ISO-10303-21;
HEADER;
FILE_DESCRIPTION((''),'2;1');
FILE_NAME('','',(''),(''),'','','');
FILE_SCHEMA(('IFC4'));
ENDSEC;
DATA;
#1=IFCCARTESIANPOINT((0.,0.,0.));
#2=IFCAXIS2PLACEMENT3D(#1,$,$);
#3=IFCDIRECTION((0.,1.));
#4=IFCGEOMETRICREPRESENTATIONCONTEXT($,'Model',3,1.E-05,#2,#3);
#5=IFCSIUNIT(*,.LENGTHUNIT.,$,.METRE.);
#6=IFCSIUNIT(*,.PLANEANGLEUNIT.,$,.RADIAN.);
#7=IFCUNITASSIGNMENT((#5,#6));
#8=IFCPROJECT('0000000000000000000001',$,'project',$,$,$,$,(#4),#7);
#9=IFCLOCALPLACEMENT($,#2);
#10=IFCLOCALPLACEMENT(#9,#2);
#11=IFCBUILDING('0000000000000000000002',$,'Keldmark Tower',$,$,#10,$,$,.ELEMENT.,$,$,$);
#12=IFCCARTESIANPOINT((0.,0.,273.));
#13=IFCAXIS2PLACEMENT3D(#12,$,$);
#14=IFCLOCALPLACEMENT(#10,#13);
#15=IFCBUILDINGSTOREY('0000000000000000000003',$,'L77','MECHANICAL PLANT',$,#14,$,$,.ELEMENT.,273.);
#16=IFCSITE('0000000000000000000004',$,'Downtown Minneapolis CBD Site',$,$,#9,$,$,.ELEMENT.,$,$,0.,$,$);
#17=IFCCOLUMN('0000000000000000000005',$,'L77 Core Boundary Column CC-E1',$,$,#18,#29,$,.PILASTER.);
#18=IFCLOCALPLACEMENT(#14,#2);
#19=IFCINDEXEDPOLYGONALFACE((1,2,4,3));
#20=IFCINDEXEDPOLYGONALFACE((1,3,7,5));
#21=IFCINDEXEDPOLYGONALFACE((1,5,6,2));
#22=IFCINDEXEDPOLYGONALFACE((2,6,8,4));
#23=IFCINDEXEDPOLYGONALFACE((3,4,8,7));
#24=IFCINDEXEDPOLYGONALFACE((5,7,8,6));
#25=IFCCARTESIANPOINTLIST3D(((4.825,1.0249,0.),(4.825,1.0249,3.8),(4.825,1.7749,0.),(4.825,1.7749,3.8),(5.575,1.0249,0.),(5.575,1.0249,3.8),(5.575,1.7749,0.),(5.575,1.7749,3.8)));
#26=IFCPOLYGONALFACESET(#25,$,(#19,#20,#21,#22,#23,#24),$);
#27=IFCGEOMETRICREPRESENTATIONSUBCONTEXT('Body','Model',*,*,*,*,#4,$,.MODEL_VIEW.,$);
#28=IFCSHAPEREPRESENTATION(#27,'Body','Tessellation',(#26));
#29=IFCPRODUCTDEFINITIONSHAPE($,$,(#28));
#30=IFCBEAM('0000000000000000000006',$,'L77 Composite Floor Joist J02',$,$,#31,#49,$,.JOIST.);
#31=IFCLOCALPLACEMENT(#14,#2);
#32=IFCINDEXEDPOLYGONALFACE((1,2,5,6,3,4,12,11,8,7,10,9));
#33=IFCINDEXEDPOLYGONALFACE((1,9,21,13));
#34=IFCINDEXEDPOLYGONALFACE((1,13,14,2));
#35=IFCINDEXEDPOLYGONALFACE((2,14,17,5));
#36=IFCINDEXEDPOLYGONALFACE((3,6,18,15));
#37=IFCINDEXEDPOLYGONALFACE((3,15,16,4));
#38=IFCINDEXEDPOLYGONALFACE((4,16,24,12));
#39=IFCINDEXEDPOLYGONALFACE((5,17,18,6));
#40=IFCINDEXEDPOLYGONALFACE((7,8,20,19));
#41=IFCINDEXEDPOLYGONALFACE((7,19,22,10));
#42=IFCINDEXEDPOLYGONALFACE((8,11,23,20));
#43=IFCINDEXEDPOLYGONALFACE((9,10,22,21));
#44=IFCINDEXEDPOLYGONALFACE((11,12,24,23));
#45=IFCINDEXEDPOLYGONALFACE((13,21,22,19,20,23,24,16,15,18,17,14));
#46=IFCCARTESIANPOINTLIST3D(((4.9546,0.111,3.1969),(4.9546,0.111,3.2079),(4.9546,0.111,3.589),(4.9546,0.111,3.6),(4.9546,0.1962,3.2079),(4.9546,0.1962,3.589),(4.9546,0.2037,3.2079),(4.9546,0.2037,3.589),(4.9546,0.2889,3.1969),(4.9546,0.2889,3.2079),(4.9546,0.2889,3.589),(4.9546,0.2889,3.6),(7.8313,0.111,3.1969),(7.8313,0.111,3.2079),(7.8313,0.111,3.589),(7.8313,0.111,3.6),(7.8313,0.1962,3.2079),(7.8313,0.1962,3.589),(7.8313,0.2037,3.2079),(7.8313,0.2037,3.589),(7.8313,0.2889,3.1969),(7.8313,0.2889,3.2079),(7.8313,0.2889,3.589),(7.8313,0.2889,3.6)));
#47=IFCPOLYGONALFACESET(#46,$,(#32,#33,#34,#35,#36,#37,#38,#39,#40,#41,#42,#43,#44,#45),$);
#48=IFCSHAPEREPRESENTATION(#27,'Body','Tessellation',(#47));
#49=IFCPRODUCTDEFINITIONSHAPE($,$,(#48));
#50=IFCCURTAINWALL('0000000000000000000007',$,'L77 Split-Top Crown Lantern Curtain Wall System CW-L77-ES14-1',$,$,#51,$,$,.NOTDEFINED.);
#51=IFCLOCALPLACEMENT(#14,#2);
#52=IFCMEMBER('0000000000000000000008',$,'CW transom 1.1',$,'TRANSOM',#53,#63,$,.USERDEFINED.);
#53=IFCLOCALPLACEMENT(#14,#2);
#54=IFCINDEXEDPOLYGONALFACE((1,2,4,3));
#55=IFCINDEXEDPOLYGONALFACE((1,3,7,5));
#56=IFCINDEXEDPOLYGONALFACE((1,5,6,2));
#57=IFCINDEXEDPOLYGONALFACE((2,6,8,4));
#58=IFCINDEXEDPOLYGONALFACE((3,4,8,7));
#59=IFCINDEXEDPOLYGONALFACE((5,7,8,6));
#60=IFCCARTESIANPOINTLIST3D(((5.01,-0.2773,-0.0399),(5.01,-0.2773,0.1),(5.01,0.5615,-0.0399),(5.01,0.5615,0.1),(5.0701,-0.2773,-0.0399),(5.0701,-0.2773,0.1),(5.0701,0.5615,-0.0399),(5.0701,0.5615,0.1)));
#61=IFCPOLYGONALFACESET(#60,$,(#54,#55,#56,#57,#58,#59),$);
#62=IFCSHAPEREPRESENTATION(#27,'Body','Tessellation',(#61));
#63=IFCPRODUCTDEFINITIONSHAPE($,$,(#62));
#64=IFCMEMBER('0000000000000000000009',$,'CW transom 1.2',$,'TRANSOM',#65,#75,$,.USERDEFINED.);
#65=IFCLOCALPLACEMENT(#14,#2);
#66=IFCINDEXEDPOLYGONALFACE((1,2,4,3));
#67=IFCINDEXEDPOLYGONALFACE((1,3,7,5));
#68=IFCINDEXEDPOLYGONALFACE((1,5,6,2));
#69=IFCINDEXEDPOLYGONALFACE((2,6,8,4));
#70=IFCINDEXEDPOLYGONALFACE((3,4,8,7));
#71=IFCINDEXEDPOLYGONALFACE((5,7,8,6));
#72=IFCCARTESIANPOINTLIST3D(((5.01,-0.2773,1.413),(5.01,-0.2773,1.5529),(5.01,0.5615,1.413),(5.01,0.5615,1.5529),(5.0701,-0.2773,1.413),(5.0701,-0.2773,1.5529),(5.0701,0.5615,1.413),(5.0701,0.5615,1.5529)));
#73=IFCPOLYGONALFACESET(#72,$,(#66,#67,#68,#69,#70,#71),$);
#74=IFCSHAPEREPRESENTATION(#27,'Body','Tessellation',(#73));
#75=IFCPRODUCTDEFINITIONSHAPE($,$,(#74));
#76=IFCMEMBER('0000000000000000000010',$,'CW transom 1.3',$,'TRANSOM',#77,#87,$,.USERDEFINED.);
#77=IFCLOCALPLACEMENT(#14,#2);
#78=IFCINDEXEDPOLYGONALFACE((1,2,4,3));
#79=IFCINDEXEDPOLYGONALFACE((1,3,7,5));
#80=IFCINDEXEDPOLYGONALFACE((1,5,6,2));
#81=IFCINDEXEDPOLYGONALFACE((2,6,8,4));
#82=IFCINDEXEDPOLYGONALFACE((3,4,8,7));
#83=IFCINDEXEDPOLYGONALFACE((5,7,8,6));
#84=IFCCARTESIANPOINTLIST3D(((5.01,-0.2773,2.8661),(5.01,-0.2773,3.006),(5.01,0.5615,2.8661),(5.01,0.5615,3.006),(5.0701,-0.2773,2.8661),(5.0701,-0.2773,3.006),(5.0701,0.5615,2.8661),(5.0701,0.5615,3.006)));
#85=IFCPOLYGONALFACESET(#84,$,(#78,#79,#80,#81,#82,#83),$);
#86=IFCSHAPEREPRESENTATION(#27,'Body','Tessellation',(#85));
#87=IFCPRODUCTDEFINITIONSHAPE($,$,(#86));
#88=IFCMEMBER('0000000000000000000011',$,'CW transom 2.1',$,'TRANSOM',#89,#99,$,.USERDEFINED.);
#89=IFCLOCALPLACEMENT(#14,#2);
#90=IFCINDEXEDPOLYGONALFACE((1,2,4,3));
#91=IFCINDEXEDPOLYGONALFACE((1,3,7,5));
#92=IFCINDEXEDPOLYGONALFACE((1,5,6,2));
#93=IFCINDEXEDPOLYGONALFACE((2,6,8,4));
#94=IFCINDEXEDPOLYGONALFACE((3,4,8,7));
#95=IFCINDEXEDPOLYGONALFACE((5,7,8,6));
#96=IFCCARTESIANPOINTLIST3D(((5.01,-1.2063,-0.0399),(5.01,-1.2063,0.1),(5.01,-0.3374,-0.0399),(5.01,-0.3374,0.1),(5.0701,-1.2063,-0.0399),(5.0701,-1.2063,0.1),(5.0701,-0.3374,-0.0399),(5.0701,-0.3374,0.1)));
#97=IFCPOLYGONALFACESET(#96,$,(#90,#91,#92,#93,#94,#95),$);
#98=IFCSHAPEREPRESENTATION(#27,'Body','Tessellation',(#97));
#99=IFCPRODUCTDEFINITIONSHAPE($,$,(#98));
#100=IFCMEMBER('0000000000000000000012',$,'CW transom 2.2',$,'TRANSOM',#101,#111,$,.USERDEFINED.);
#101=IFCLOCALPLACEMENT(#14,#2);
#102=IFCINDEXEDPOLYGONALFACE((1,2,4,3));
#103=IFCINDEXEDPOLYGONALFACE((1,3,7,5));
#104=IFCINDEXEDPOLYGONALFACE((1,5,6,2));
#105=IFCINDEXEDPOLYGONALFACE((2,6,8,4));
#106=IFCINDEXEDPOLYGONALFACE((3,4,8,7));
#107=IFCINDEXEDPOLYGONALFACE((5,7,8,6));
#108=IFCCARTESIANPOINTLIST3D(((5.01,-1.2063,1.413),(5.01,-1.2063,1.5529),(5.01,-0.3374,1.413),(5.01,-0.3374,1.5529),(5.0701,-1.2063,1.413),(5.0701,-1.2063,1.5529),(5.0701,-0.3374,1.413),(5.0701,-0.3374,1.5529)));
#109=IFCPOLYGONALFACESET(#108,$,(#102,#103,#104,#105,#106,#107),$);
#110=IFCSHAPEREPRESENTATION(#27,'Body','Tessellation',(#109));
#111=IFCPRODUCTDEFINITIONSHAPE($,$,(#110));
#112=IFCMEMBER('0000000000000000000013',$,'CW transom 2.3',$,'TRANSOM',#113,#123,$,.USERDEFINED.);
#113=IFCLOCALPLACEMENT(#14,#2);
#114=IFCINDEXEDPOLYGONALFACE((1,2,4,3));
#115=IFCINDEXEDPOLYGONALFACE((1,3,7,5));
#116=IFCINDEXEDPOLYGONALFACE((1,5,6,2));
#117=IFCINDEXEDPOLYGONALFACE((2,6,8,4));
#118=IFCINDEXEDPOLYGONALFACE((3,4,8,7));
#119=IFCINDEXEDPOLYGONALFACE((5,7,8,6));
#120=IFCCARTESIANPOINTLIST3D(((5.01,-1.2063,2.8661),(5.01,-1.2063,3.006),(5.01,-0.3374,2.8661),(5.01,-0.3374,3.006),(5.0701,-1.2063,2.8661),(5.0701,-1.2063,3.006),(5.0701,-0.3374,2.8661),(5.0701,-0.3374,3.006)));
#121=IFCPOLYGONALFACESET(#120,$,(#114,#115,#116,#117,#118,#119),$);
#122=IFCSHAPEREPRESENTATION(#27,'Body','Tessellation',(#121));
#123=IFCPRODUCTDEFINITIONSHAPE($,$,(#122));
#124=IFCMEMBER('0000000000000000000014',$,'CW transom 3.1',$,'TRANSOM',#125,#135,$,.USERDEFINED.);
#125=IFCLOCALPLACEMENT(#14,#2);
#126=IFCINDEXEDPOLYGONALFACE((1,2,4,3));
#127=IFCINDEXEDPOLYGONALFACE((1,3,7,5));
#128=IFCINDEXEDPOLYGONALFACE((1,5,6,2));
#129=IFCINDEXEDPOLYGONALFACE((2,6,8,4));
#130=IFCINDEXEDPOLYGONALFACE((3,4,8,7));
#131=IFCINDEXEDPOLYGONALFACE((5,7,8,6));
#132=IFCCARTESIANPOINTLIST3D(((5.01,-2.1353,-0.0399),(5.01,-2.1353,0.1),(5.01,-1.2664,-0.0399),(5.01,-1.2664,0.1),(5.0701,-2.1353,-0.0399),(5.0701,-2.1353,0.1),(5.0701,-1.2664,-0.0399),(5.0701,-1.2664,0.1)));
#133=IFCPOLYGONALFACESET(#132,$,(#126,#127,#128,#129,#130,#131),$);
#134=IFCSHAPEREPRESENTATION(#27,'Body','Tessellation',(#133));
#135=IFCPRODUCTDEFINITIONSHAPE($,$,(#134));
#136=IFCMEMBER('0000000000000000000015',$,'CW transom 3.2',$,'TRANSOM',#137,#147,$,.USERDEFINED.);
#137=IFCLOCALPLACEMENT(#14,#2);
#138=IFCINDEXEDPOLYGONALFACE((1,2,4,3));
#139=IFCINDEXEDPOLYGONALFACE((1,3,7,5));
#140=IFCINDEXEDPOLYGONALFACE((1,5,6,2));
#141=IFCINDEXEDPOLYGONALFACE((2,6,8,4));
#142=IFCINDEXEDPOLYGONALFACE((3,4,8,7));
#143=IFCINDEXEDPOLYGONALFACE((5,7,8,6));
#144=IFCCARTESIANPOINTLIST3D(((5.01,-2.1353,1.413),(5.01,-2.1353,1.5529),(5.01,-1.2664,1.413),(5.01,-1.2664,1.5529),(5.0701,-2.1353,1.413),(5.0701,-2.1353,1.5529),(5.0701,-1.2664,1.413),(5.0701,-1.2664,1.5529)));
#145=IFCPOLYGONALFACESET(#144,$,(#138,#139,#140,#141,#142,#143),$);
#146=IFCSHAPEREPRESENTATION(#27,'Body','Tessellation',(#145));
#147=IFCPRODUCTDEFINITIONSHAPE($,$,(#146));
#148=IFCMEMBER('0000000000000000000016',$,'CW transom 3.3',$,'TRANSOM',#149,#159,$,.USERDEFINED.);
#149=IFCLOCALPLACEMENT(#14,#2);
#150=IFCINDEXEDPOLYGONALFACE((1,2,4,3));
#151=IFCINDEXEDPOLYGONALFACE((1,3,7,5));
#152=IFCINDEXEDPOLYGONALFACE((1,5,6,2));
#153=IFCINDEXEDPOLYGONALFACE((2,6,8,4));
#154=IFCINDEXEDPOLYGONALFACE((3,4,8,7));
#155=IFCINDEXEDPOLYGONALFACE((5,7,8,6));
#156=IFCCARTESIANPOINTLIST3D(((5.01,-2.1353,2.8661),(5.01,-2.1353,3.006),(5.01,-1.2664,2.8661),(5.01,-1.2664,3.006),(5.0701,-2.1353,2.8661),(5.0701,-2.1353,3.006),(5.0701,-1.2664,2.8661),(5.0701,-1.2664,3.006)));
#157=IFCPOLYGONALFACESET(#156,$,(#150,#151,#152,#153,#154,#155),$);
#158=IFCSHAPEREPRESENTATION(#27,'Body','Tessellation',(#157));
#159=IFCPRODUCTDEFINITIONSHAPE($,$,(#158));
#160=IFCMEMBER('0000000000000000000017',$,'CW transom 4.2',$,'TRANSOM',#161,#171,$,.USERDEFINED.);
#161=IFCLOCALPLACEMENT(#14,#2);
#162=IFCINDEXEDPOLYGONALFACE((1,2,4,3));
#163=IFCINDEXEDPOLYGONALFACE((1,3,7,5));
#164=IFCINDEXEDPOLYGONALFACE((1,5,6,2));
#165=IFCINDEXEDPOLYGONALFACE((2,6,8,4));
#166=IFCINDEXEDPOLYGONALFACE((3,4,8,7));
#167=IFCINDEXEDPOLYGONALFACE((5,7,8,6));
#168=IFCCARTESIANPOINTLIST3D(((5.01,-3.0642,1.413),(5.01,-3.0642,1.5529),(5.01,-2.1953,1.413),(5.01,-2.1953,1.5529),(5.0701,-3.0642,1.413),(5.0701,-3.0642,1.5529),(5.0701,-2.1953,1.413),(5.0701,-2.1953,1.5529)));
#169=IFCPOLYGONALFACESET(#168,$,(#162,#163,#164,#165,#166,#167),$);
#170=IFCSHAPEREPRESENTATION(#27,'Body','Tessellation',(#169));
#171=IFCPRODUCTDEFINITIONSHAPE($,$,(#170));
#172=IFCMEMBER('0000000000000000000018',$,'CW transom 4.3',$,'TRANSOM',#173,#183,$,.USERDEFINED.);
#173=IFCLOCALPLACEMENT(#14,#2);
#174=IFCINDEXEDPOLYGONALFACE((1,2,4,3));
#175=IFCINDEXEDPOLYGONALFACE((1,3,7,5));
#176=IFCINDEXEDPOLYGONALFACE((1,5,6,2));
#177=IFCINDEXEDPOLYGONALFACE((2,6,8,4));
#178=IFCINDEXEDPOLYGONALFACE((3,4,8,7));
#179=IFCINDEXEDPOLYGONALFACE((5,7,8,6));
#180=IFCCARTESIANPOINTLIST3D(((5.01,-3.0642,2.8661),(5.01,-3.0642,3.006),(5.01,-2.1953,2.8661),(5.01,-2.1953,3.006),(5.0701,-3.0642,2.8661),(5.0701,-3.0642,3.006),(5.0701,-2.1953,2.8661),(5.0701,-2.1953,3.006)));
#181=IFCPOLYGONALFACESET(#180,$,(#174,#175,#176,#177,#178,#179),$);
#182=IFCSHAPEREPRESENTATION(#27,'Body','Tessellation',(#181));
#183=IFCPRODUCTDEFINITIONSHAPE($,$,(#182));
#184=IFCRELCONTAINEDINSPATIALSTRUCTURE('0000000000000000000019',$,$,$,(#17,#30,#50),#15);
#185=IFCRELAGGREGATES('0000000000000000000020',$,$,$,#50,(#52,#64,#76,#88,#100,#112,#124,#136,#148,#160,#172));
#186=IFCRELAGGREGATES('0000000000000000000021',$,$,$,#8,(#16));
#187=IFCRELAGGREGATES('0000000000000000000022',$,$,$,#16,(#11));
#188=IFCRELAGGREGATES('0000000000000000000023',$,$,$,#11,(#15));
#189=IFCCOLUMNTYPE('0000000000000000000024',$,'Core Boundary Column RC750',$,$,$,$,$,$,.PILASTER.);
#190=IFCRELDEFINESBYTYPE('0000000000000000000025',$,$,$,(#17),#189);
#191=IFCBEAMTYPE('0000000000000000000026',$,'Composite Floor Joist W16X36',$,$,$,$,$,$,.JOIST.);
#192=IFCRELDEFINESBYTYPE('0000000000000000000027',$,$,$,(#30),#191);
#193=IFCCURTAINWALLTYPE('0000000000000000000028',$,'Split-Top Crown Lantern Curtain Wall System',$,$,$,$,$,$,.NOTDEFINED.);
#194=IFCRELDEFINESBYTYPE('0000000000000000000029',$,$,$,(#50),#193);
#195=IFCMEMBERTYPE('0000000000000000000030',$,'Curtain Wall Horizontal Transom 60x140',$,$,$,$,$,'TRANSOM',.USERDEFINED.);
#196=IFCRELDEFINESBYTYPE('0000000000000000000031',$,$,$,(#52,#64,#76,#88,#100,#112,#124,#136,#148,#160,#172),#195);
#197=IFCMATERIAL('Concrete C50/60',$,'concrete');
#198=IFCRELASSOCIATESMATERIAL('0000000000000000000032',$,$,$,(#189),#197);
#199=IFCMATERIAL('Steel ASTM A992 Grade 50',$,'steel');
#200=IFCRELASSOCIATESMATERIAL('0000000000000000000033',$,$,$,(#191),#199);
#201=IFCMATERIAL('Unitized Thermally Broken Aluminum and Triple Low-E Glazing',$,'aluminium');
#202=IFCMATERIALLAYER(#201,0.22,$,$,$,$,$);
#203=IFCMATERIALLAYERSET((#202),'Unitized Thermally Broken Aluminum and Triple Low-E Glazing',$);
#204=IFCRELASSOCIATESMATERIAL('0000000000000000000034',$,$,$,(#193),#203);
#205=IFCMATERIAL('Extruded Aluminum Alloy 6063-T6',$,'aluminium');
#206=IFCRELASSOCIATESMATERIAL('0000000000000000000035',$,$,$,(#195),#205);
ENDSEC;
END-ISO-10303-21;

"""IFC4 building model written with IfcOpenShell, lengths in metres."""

from ifc_helpers import new_model, si_unit, direction, frame, origin, origin_2d, place, context, subcontext, project, spatial, rectangle, i_section, extrude, material, layer, layer_set, material_profile, profile_set, type_object, element, aggregate, save


model = new_model("IFC4")

# Units and contexts
model_context = context("Model", 3, precision=1e-05, world=origin(), true_north=direction((0.0, 1.0)))
body_context = subcontext(model_context, "Body", "Model", "MODEL_VIEW")
ifc_project = project(units=[si_unit("LENGTHUNIT", "METRE"), si_unit("PLANEANGLEUNIT", "RADIAN")], contexts=[model_context])

# Site, building, storey
site_placement = place(None, origin())
site = spatial("IfcSite", under=ifc_project, at=site_placement, Name="Downtown Minneapolis CBD Site", CompositionType="ELEMENT", RefElevation=0.0)
building_placement = place(site_placement, origin())
building = spatial("IfcBuilding", under=site, at=building_placement, Name="Keldmark Tower", CompositionType="ELEMENT")
storey_placement = place(building_placement, frame((0.0, 0.0, 273.0)))
storey = spatial("IfcBuildingStorey", under=building, at=storey_placement, Name="L77", Description="MECHANICAL PLANT", CompositionType="ELEMENT", Elevation=273.0)

# Column
ifc_material_1 = material(Name="Concrete C50/60", Category="concrete")
ifc_material_profile_1 = material_profile(ifc_material_1, rectangle(XDim=0.75, YDim=0.75, at=origin_2d()), Name="RC750X750")
ifc_profile_set_1 = profile_set([ifc_material_profile_1], Name="Concrete C50/60")
column_type = type_object("IfcColumnType", Name="Core Boundary Column RC750", PredefinedType="PILASTER", material=ifc_profile_set_1)
column_placement = place(storey_placement, frame((5.2, 1.3999, 0.0), z_axis=(0.0, 0.0, 1.0), x_axis=(1.0, 0.0, 0.0)))
element("IfcColumn", 1, at=column_placement, inside=storey, type_object=column_type, Name="L77 Core Boundary Column CC-E1", PredefinedType="PILASTER", context=body_context, shape_type="SweptSolid", body=[
    extrude(rectangle(XDim=0.75, YDim=0.75, at=origin_2d()), origin(), (0.0, 0.0, 1.0), 3.8),
])

# Beam
ifc_material_2 = material(Name="Steel ASTM A992 Grade 50", Category="steel")
ifc_material_profile_2 = material_profile(ifc_material_2, i_section(OverallWidth=0.178, OverallDepth=0.4031, WebThickness=0.0076, FlangeThickness=0.011, at=origin_2d()), Name="W16X36")
ifc_profile_set_2 = profile_set([ifc_material_profile_2], Name="Steel ASTM A992 Grade 50")
beam_type_1 = type_object("IfcBeamType", Name="Composite Floor Joist W16X36", PredefinedType="JOIST", material=ifc_profile_set_2)
beam_1_placement = place(storey_placement, frame((4.9546, 0.2, 3.3984), z_axis=(1.0, 0.0, 0.0), x_axis=(0.0, 1.0, 0.0)))
element("IfcBeam", 2, at=beam_1_placement, inside=storey, type_object=beam_type_1, Name="L77 Composite Floor Joist J02", PredefinedType="JOIST", context=body_context, shape_type="SweptSolid", body=[
    extrude(i_section(OverallWidth=0.178, OverallDepth=0.4031, WebThickness=0.0076, FlangeThickness=0.011, at=origin_2d()), origin(), (0.0, 0.0, 1.0), 2.8767),
])

# Curtain wall, members
ifc_material_3 = material(Name="Unitized Thermally Broken Aluminum and Triple Low-E Glazing", Category="aluminium")
ifc_layer_1 = layer(ifc_material_3, 0.22)
ifc_layer_set_1 = layer_set([ifc_layer_1], Name="Unitized Thermally Broken Aluminum and Triple Low-E Glazing")
curtain_wall_type = type_object("IfcCurtainWallType", Name="Split-Top Crown Lantern Curtain Wall System", PredefinedType="NOTDEFINED", material=ifc_layer_set_1)
curtain_wall_placement = place(storey_placement, origin())
curtain_wall = element("IfcCurtainWall", 3, at=curtain_wall_placement, inside=storey, type_object=curtain_wall_type, Name="L77 Split-Top Crown Lantern Curtain Wall System CW-L77-ES14-1", PredefinedType="NOTDEFINED")
ifc_material_4 = material(Name="Extruded Aluminum Alloy 6063-T6", Category="aluminium")
ifc_material_profile_3 = material_profile(ifc_material_4, rectangle(XDim=0.0601, YDim=0.1399, at=origin_2d()), Name="CWT60X140")
ifc_profile_set_3 = profile_set([ifc_material_profile_3], Name="Extruded Aluminum Alloy 6063-T6")
member_type_1 = type_object("IfcMemberType", Name="Curtain Wall Horizontal Transom 60x140", ElementType="TRANSOM", PredefinedType="USERDEFINED", material=ifc_profile_set_3)
member_1_placement = place(storey_placement, frame((5.04, 0.5615, 0.03), z_axis=(0.0, -1.0, 0.0), x_axis=(1.0, 0.0, 0.0)))
member_1 = element("IfcMember", 4, at=member_1_placement, type_object=member_type_1, Name="CW transom 1.1", ObjectType="TRANSOM", PredefinedType="USERDEFINED", context=body_context, shape_type="SweptSolid", body=[
    extrude(rectangle(XDim=0.0601, YDim=0.1399, at=origin_2d()), origin(), (0.0, 0.0, 1.0), 0.8389),
])
member_2_placement = place(storey_placement, frame((5.04, 0.5615, 1.4829), z_axis=(0.0, -1.0, 0.0), x_axis=(1.0, 0.0, 0.0)))
member_2 = element("IfcMember", 5, at=member_2_placement, type_object=member_type_1, Name="CW transom 1.2", ObjectType="TRANSOM", PredefinedType="USERDEFINED", context=body_context, shape_type="SweptSolid", body=[
    extrude(rectangle(XDim=0.0601, YDim=0.1399, at=origin_2d()), origin(), (0.0, 0.0, 1.0), 0.8389),
])
member_3_placement = place(storey_placement, frame((5.04, 0.5615, 2.936), z_axis=(0.0, -1.0, 0.0), x_axis=(1.0, 0.0, 0.0)))
member_3 = element("IfcMember", 6, at=member_3_placement, type_object=member_type_1, Name="CW transom 1.3", ObjectType="TRANSOM", PredefinedType="USERDEFINED", context=body_context, shape_type="SweptSolid", body=[
    extrude(rectangle(XDim=0.0601, YDim=0.1399, at=origin_2d()), origin(), (0.0, 0.0, 1.0), 0.8389),
])
member_4_placement = place(storey_placement, frame((5.04, -0.3374, 0.03), z_axis=(0.0, -1.0, 0.0), x_axis=(1.0, 0.0, 0.0)))
member_4 = element("IfcMember", 7, at=member_4_placement, type_object=member_type_1, Name="CW transom 2.1", ObjectType="TRANSOM", PredefinedType="USERDEFINED", context=body_context, shape_type="SweptSolid", body=[
    extrude(rectangle(XDim=0.0601, YDim=0.1399, at=origin_2d()), origin(), (0.0, 0.0, 1.0), 0.8689),
])
member_5_placement = place(storey_placement, frame((5.04, -0.3374, 1.4829), z_axis=(0.0, -1.0, 0.0), x_axis=(1.0, 0.0, 0.0)))
member_5 = element("IfcMember", 8, at=member_5_placement, type_object=member_type_1, Name="CW transom 2.2", ObjectType="TRANSOM", PredefinedType="USERDEFINED", context=body_context, shape_type="SweptSolid", body=[
    extrude(rectangle(XDim=0.0601, YDim=0.1399, at=origin_2d()), origin(), (0.0, 0.0, 1.0), 0.8689),
])
member_6_placement = place(storey_placement, frame((5.04, -0.3374, 2.936), z_axis=(0.0, -1.0, 0.0), x_axis=(1.0, 0.0, 0.0)))
member_6 = element("IfcMember", 9, at=member_6_placement, type_object=member_type_1, Name="CW transom 2.3", ObjectType="TRANSOM", PredefinedType="USERDEFINED", context=body_context, shape_type="SweptSolid", body=[
    extrude(rectangle(XDim=0.0601, YDim=0.1399, at=origin_2d()), origin(), (0.0, 0.0, 1.0), 0.8689),
])
member_7_placement = place(storey_placement, frame((5.04, -1.2664, 0.03), z_axis=(0.0, -1.0, 0.0), x_axis=(1.0, 0.0, 0.0)))
member_7 = element("IfcMember", 10, at=member_7_placement, type_object=member_type_1, Name="CW transom 3.1", ObjectType="TRANSOM", PredefinedType="USERDEFINED", context=body_context, shape_type="SweptSolid", body=[
    extrude(rectangle(XDim=0.0601, YDim=0.1399, at=origin_2d()), origin(), (0.0, 0.0, 1.0), 0.8689),
])
member_8_placement = place(storey_placement, frame((5.04, -1.2664, 1.4829), z_axis=(0.0, -1.0, 0.0), x_axis=(1.0, 0.0, 0.0)))
member_8 = element("IfcMember", 11, at=member_8_placement, type_object=member_type_1, Name="CW transom 3.2", ObjectType="TRANSOM", PredefinedType="USERDEFINED", context=body_context, shape_type="SweptSolid", body=[
    extrude(rectangle(XDim=0.0601, YDim=0.1399, at=origin_2d()), origin(), (0.0, 0.0, 1.0), 0.8689),
])
member_9_placement = place(storey_placement, frame((5.04, -1.2664, 2.936), z_axis=(0.0, -1.0, 0.0), x_axis=(1.0, 0.0, 0.0)))
member_9 = element("IfcMember", 12, at=member_9_placement, type_object=member_type_1, Name="CW transom 3.3", ObjectType="TRANSOM", PredefinedType="USERDEFINED", context=body_context, shape_type="SweptSolid", body=[
    extrude(rectangle(XDim=0.0601, YDim=0.1399, at=origin_2d()), origin(), (0.0, 0.0, 1.0), 0.8689),
])
member_10_placement = place(storey_placement, frame((5.04, -2.1953, 1.4829), z_axis=(0.0, -1.0, 0.0), x_axis=(1.0, 0.0, 0.0)))
member_10 = element("IfcMember", 13, at=member_10_placement, type_object=member_type_1, Name="CW transom 4.2", ObjectType="TRANSOM", PredefinedType="USERDEFINED", context=body_context, shape_type="SweptSolid", body=[
    extrude(rectangle(XDim=0.0601, YDim=0.1399, at=origin_2d()), origin(), (0.0, 0.0, 1.0), 0.8689),
])
member_11_placement = place(storey_placement, frame((5.04, -2.1953, 2.936), z_axis=(0.0, -1.0, 0.0), x_axis=(1.0, 0.0, 0.0)))
member_11 = element("IfcMember", 14, at=member_11_placement, type_object=member_type_1, Name="CW transom 4.3", ObjectType="TRANSOM", PredefinedType="USERDEFINED", context=body_context, shape_type="SweptSolid", body=[
    extrude(rectangle(XDim=0.0601, YDim=0.1399, at=origin_2d()), origin(), (0.0, 0.0, 1.0), 0.8689),
])

aggregate(curtain_wall, [member_1, member_2, member_3, member_4, member_5, member_6, member_7, member_8, member_9, member_10, member_11])

save(model, "model.ifc")
